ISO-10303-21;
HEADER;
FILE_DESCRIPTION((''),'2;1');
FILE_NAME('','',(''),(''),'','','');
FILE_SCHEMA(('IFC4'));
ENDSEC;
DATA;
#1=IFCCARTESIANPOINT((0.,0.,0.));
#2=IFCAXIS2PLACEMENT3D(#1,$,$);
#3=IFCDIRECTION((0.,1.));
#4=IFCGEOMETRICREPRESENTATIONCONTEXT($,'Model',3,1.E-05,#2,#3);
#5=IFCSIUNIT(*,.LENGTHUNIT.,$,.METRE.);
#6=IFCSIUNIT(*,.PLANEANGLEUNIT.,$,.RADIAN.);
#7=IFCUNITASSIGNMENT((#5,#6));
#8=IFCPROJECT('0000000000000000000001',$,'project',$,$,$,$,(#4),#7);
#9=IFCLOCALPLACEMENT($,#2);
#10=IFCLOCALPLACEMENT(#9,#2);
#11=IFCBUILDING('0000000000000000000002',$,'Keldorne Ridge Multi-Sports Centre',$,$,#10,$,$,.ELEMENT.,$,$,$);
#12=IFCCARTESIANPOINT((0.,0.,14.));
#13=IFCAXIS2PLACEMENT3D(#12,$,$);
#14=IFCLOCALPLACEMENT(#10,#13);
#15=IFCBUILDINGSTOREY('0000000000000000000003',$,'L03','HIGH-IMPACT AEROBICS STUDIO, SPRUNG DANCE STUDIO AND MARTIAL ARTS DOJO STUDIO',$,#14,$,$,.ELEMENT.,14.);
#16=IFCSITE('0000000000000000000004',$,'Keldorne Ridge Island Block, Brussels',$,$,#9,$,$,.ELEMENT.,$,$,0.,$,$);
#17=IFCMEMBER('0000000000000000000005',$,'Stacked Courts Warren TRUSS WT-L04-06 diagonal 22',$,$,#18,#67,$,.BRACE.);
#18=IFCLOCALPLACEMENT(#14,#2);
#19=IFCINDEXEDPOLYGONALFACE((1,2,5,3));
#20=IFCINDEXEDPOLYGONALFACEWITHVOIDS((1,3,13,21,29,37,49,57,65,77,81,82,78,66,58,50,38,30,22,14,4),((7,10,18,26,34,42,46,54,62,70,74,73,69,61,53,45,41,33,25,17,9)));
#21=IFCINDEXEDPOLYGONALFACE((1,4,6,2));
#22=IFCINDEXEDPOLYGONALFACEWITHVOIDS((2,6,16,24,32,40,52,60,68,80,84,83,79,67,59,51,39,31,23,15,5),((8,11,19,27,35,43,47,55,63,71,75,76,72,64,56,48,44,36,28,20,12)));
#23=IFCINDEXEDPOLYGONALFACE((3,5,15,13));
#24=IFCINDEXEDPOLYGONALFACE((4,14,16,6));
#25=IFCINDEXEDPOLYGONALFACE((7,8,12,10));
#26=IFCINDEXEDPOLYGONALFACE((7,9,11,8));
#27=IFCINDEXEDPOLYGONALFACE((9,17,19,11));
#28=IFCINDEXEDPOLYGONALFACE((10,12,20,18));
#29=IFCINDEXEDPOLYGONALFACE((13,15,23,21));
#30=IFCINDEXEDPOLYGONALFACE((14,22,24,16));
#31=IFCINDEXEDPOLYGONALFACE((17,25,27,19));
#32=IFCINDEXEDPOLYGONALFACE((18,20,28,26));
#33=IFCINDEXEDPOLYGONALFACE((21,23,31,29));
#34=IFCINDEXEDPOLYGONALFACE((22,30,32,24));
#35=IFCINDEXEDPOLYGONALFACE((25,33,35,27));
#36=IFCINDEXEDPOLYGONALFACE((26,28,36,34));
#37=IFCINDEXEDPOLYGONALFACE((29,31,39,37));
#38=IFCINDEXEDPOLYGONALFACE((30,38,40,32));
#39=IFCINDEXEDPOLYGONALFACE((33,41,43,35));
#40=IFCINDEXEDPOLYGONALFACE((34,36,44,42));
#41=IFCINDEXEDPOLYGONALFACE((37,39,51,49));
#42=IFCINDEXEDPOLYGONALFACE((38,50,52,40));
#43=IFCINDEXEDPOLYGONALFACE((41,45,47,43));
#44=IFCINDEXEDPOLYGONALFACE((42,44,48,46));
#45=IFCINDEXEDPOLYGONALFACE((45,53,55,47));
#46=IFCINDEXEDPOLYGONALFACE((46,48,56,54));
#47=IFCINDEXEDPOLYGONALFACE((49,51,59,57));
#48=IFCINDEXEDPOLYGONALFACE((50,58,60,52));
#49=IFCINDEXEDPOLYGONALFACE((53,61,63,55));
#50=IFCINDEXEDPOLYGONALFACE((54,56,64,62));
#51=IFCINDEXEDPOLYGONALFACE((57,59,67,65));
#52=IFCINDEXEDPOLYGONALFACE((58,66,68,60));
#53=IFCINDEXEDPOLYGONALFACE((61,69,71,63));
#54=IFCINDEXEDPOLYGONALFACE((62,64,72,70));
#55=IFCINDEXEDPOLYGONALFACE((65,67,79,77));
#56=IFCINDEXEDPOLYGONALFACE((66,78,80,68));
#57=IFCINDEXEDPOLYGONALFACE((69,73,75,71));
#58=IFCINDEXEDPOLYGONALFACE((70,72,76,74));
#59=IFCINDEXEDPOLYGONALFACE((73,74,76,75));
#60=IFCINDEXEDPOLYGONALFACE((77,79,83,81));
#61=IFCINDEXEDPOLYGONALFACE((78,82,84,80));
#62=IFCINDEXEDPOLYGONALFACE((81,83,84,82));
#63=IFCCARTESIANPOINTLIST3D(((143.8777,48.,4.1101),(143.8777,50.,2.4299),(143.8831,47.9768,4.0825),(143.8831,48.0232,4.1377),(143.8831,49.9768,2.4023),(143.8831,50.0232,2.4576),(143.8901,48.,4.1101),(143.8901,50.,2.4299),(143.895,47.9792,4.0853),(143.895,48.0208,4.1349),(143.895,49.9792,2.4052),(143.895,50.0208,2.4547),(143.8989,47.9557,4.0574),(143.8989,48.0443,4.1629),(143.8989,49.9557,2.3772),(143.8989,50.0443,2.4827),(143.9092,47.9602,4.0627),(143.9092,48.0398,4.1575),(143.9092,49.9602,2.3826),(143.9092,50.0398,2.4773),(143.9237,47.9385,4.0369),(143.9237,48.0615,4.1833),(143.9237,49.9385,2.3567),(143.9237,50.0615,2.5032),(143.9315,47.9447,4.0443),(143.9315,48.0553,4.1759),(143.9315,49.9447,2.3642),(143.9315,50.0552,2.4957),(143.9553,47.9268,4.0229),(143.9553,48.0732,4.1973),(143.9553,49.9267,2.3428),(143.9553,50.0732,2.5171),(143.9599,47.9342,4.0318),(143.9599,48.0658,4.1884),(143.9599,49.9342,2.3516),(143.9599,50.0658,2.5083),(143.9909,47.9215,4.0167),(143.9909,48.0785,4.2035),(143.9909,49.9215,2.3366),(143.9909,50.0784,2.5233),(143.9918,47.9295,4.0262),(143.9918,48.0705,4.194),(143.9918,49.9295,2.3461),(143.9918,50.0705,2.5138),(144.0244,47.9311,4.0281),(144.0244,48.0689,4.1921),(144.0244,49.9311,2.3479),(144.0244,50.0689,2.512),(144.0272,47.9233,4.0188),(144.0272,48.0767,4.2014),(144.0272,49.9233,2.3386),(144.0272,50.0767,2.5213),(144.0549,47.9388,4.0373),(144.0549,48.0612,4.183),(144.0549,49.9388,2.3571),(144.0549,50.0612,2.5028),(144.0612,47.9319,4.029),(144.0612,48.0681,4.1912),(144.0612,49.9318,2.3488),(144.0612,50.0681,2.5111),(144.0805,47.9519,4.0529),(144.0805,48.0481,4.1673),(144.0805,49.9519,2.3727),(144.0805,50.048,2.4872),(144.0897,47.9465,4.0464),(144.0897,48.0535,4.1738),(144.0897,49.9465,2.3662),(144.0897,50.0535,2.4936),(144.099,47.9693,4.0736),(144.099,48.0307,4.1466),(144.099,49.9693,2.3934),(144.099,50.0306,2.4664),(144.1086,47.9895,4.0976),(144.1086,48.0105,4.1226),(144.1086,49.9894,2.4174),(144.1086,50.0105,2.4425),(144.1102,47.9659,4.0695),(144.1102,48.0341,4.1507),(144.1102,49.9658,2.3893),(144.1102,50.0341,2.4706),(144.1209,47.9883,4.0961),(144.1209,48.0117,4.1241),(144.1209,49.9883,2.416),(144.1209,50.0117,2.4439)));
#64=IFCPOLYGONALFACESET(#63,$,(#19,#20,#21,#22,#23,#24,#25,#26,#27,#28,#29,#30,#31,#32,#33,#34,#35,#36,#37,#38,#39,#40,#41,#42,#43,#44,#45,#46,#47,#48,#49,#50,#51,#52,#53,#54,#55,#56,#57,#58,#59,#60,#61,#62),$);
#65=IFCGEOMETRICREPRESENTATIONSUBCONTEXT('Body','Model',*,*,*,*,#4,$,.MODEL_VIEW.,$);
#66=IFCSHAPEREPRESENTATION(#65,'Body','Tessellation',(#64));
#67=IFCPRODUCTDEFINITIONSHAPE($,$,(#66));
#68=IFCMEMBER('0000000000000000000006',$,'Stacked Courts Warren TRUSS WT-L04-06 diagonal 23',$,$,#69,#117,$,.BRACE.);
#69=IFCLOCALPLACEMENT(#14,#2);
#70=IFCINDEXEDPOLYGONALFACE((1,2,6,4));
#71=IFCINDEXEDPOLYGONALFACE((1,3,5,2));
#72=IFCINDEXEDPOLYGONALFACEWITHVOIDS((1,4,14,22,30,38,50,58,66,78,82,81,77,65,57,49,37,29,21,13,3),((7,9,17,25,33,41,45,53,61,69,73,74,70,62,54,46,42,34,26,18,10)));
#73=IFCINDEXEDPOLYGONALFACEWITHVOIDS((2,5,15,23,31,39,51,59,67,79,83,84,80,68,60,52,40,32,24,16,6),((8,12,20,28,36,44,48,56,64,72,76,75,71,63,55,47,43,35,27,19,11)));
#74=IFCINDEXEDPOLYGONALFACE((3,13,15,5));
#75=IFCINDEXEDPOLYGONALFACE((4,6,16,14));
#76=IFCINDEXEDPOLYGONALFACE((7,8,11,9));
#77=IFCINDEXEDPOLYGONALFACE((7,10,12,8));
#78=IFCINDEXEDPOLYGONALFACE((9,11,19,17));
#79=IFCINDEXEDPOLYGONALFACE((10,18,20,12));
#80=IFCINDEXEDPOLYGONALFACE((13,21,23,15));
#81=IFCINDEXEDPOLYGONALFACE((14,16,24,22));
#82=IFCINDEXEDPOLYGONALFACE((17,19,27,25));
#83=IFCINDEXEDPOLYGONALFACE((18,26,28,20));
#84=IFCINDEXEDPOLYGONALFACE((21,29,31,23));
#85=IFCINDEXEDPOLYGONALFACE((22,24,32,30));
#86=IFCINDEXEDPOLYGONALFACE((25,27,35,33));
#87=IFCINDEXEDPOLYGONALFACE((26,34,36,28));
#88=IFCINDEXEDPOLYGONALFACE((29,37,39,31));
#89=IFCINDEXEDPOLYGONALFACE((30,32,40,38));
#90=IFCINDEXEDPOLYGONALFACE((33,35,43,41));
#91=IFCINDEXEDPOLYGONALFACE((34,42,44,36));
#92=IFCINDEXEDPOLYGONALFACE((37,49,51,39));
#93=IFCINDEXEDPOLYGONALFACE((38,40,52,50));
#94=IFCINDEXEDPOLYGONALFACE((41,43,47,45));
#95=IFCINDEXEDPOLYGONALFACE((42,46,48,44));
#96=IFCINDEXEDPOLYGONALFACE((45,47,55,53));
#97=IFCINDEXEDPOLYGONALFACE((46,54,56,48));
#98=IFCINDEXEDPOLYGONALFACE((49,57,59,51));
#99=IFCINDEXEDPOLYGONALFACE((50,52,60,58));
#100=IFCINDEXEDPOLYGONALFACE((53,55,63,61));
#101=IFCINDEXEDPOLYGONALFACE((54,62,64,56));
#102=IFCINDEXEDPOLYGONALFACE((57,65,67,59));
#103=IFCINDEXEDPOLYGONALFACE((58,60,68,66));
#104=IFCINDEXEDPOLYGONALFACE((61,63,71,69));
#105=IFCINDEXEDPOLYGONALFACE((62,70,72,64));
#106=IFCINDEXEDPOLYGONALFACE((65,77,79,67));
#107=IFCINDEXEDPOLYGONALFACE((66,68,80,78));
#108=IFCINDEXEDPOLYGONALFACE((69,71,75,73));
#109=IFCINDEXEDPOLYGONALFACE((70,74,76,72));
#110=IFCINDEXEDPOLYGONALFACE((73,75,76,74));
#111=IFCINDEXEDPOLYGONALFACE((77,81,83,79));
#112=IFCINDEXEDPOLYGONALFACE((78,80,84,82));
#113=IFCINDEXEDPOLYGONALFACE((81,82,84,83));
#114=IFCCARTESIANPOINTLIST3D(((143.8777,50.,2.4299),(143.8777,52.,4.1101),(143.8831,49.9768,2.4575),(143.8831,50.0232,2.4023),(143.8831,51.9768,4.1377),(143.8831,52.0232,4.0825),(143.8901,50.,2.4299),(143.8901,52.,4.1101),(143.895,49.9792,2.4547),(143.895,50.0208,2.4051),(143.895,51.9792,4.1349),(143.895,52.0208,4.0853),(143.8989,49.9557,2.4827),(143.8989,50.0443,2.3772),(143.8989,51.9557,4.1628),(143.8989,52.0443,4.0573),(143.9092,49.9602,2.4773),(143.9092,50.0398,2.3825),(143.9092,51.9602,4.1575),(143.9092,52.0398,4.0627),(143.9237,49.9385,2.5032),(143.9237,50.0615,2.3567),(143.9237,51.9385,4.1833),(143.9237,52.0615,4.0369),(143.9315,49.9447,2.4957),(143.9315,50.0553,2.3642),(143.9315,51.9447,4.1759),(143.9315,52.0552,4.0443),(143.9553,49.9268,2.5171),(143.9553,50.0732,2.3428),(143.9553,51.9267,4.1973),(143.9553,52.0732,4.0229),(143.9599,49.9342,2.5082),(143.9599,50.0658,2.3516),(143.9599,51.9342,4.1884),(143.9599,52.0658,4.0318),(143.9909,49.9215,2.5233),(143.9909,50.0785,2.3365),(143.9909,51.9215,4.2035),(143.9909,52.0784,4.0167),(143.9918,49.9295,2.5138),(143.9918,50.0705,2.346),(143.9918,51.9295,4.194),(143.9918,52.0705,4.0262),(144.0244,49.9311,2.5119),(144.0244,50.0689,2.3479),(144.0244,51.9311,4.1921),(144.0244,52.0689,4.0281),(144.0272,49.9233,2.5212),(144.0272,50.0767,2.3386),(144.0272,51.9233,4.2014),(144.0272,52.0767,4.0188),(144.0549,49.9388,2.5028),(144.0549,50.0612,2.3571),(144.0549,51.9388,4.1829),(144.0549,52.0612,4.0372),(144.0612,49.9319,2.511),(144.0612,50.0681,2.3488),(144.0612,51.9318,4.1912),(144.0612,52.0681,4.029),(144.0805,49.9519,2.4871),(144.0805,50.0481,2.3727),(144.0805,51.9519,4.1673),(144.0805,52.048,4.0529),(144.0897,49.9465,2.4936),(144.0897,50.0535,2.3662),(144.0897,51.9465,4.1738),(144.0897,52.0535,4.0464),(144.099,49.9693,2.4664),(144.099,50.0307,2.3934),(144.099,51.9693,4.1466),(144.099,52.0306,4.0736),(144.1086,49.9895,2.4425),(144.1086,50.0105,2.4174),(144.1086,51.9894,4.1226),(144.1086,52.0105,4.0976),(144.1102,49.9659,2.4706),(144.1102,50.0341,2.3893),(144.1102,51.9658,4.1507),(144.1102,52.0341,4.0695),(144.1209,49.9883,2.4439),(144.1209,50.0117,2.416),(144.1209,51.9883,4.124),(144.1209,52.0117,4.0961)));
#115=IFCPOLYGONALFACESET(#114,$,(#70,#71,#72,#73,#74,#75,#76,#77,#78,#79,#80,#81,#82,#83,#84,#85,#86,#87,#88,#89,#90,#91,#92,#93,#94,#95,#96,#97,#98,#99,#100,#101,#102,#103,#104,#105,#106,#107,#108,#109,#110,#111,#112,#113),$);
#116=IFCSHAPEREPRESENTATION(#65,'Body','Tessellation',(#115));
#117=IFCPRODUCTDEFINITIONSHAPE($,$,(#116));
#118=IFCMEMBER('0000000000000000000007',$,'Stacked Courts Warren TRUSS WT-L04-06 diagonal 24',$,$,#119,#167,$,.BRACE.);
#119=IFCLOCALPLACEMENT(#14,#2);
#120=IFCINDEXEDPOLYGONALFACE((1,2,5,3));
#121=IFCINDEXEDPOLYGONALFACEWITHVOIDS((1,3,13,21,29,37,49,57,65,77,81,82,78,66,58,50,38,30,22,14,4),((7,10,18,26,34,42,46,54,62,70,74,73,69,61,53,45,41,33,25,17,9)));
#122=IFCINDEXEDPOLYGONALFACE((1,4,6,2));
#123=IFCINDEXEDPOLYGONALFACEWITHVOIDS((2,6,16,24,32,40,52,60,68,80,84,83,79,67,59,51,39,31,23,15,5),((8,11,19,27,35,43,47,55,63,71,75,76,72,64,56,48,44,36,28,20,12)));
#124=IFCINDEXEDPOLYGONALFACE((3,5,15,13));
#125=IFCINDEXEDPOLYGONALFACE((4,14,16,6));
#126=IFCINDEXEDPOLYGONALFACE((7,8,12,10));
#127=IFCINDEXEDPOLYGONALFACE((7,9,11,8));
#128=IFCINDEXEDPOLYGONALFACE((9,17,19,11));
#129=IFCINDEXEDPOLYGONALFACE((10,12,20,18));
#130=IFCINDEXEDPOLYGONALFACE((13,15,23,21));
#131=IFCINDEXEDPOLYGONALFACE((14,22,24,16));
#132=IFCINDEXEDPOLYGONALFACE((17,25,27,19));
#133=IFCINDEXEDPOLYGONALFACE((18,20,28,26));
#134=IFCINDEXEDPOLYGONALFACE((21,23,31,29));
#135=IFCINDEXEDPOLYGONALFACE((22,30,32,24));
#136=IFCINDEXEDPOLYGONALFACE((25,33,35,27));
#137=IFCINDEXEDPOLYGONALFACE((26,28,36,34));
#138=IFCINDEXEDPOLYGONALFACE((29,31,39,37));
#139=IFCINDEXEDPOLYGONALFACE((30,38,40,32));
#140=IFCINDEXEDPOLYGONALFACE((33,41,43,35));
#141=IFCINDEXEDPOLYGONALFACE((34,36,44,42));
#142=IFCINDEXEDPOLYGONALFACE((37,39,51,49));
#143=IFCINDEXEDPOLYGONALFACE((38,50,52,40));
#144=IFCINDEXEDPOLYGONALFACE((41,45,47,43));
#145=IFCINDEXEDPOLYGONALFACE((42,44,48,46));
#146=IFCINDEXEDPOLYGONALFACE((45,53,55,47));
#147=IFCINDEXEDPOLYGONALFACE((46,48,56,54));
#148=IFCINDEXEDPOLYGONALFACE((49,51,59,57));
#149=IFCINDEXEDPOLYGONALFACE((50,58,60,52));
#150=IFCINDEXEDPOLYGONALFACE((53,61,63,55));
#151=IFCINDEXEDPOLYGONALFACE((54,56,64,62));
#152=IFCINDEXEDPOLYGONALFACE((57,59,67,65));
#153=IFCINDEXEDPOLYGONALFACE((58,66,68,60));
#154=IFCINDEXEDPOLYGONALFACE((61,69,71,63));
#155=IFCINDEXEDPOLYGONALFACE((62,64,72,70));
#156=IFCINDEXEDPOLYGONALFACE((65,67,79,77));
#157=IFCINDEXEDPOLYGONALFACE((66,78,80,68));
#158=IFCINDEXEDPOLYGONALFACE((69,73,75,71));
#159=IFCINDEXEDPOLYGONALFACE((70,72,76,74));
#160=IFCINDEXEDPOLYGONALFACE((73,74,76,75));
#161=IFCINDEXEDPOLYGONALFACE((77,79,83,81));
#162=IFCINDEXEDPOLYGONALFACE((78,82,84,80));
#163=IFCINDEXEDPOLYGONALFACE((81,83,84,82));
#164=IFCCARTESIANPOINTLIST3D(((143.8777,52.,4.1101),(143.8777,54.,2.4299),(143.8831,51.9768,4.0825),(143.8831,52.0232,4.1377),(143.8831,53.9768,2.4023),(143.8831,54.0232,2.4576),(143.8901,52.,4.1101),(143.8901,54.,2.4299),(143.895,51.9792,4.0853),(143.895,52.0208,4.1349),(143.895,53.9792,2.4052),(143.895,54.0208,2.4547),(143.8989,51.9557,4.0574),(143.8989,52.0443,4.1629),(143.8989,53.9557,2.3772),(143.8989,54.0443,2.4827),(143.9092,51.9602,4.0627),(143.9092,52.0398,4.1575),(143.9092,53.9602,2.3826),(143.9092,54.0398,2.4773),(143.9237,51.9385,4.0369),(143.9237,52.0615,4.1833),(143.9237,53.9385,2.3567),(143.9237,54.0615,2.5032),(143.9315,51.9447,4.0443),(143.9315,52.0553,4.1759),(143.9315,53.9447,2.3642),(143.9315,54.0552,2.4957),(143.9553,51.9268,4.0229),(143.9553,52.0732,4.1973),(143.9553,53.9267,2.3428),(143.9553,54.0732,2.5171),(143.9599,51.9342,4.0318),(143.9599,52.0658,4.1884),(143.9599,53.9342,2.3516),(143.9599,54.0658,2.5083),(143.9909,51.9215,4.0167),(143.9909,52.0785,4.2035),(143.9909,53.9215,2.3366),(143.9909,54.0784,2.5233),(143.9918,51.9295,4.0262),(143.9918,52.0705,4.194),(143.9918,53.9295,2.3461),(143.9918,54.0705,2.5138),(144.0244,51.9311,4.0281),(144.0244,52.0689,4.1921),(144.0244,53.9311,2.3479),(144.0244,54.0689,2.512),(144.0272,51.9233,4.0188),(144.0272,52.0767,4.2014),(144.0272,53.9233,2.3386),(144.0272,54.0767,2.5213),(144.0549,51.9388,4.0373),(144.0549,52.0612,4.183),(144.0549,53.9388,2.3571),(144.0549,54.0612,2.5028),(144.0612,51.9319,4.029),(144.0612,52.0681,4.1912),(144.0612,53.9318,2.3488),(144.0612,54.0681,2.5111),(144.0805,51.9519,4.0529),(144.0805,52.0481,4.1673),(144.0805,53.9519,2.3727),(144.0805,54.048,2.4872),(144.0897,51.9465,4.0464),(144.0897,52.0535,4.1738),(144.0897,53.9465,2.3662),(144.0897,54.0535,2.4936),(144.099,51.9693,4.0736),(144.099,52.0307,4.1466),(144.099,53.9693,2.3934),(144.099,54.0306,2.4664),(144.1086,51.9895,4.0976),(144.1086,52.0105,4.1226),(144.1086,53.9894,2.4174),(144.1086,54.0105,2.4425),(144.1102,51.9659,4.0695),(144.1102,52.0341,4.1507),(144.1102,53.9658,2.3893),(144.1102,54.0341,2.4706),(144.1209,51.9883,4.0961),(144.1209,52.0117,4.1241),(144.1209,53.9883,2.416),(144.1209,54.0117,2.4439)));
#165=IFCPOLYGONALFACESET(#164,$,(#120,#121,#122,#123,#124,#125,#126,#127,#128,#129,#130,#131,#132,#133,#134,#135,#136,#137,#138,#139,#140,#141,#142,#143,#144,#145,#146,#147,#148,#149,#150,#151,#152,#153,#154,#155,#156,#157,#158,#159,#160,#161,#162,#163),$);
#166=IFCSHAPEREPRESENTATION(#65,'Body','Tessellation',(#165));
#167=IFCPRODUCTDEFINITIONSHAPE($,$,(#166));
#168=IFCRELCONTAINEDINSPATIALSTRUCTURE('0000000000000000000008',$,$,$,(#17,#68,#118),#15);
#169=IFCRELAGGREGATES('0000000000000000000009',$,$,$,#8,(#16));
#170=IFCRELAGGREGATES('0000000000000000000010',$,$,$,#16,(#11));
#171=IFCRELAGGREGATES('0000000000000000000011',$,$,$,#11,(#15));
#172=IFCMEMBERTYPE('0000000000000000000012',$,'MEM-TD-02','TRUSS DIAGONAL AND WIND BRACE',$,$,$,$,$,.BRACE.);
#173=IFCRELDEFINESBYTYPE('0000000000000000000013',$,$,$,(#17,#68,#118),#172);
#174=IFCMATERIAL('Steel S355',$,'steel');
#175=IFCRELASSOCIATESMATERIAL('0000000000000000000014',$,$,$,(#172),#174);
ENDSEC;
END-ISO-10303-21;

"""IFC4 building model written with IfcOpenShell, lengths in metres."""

from ifc_helpers import new_model, si_unit, direction, frame, origin, origin_2d, place, context, subcontext, project, spatial, hollow_circle, extrude, material, material_profile, profile_set, type_object, element, save


model = new_model("IFC4")

# Units and contexts
model_context = context("Model", 3, precision=1e-05, world=origin(), true_north=direction((0.0, 1.0)))
body_context = subcontext(model_context, "Body", "Model", "MODEL_VIEW")
ifc_project = project(units=[si_unit("LENGTHUNIT", "METRE"), si_unit("PLANEANGLEUNIT", "RADIAN")], contexts=[model_context])

# Site, building, storey
site_placement = place(None, origin())
site = spatial("IfcSite", under=ifc_project, at=site_placement, Name="Keldorne Ridge Island Block, Brussels", CompositionType="ELEMENT", RefElevation=0.0)
building_placement = place(site_placement, origin())
building = spatial("IfcBuilding", under=site, at=building_placement, Name="Keldorne Ridge Multi-Sports Centre", CompositionType="ELEMENT")
storey_placement = place(building_placement, frame((0.0, 0.0, 14.0)))
storey = spatial("IfcBuildingStorey", under=building, at=storey_placement, Name="L03", Description="HIGH-IMPACT AEROBICS STUDIO, SPRUNG DANCE STUDIO AND MARTIAL ARTS DOJO STUDIO", CompositionType="ELEMENT", Elevation=14.0)

# Shared definitions
ifc_material_1 = material(Name="Steel S355", Category="steel")

# Members
ifc_material_profile_1 = material_profile(ifc_material_1, hollow_circle(Radius=0.1223, WallThickness=0.0125, at=origin_2d()), Name="CHS 244.5x12.5")
ifc_profile_set_1 = profile_set([ifc_material_profile_1], Name="Steel S355")
member_type_1 = type_object("IfcMemberType", Name="MEM-TD-02", Description="TRUSS DIAGONAL AND WIND BRACE", PredefinedType="BRACE", material=ifc_profile_set_1)
for number, where, z_axis, x_axis, name in (
    (1, (144.0, 48.0, 4.1101), (0.0, 0.765672, -0.643232), (-1.0, 0.0, 0.0), "Stacked Courts Warren TRUSS WT-L04-06 diagonal 22"),
    (2, (144.0, 50.0, 2.4299), (0.0, 0.765672, 0.643232), (-1.0, 0.0, 0.0), "Stacked Courts Warren TRUSS WT-L04-06 diagonal 23"),
    (3, (144.0, 52.0, 4.1101), (0.0, 0.765672, -0.643232), (-1.0, 0.0, 0.0), "Stacked Courts Warren TRUSS WT-L04-06 diagonal 24"),
):
    element("IfcMember", number, at=place(storey_placement, frame(where, z_axis=z_axis, x_axis=x_axis)), inside=storey, type_object=member_type_1, Name=name, PredefinedType="BRACE", context=body_context, shape_type="SweptSolid", body=[
        extrude(hollow_circle(Radius=0.1223, WallThickness=0.0125, at=origin_2d()), origin(), (0.0, 0.0, 1.0), 2.6121),
    ])

save(model, "model.ifc")
